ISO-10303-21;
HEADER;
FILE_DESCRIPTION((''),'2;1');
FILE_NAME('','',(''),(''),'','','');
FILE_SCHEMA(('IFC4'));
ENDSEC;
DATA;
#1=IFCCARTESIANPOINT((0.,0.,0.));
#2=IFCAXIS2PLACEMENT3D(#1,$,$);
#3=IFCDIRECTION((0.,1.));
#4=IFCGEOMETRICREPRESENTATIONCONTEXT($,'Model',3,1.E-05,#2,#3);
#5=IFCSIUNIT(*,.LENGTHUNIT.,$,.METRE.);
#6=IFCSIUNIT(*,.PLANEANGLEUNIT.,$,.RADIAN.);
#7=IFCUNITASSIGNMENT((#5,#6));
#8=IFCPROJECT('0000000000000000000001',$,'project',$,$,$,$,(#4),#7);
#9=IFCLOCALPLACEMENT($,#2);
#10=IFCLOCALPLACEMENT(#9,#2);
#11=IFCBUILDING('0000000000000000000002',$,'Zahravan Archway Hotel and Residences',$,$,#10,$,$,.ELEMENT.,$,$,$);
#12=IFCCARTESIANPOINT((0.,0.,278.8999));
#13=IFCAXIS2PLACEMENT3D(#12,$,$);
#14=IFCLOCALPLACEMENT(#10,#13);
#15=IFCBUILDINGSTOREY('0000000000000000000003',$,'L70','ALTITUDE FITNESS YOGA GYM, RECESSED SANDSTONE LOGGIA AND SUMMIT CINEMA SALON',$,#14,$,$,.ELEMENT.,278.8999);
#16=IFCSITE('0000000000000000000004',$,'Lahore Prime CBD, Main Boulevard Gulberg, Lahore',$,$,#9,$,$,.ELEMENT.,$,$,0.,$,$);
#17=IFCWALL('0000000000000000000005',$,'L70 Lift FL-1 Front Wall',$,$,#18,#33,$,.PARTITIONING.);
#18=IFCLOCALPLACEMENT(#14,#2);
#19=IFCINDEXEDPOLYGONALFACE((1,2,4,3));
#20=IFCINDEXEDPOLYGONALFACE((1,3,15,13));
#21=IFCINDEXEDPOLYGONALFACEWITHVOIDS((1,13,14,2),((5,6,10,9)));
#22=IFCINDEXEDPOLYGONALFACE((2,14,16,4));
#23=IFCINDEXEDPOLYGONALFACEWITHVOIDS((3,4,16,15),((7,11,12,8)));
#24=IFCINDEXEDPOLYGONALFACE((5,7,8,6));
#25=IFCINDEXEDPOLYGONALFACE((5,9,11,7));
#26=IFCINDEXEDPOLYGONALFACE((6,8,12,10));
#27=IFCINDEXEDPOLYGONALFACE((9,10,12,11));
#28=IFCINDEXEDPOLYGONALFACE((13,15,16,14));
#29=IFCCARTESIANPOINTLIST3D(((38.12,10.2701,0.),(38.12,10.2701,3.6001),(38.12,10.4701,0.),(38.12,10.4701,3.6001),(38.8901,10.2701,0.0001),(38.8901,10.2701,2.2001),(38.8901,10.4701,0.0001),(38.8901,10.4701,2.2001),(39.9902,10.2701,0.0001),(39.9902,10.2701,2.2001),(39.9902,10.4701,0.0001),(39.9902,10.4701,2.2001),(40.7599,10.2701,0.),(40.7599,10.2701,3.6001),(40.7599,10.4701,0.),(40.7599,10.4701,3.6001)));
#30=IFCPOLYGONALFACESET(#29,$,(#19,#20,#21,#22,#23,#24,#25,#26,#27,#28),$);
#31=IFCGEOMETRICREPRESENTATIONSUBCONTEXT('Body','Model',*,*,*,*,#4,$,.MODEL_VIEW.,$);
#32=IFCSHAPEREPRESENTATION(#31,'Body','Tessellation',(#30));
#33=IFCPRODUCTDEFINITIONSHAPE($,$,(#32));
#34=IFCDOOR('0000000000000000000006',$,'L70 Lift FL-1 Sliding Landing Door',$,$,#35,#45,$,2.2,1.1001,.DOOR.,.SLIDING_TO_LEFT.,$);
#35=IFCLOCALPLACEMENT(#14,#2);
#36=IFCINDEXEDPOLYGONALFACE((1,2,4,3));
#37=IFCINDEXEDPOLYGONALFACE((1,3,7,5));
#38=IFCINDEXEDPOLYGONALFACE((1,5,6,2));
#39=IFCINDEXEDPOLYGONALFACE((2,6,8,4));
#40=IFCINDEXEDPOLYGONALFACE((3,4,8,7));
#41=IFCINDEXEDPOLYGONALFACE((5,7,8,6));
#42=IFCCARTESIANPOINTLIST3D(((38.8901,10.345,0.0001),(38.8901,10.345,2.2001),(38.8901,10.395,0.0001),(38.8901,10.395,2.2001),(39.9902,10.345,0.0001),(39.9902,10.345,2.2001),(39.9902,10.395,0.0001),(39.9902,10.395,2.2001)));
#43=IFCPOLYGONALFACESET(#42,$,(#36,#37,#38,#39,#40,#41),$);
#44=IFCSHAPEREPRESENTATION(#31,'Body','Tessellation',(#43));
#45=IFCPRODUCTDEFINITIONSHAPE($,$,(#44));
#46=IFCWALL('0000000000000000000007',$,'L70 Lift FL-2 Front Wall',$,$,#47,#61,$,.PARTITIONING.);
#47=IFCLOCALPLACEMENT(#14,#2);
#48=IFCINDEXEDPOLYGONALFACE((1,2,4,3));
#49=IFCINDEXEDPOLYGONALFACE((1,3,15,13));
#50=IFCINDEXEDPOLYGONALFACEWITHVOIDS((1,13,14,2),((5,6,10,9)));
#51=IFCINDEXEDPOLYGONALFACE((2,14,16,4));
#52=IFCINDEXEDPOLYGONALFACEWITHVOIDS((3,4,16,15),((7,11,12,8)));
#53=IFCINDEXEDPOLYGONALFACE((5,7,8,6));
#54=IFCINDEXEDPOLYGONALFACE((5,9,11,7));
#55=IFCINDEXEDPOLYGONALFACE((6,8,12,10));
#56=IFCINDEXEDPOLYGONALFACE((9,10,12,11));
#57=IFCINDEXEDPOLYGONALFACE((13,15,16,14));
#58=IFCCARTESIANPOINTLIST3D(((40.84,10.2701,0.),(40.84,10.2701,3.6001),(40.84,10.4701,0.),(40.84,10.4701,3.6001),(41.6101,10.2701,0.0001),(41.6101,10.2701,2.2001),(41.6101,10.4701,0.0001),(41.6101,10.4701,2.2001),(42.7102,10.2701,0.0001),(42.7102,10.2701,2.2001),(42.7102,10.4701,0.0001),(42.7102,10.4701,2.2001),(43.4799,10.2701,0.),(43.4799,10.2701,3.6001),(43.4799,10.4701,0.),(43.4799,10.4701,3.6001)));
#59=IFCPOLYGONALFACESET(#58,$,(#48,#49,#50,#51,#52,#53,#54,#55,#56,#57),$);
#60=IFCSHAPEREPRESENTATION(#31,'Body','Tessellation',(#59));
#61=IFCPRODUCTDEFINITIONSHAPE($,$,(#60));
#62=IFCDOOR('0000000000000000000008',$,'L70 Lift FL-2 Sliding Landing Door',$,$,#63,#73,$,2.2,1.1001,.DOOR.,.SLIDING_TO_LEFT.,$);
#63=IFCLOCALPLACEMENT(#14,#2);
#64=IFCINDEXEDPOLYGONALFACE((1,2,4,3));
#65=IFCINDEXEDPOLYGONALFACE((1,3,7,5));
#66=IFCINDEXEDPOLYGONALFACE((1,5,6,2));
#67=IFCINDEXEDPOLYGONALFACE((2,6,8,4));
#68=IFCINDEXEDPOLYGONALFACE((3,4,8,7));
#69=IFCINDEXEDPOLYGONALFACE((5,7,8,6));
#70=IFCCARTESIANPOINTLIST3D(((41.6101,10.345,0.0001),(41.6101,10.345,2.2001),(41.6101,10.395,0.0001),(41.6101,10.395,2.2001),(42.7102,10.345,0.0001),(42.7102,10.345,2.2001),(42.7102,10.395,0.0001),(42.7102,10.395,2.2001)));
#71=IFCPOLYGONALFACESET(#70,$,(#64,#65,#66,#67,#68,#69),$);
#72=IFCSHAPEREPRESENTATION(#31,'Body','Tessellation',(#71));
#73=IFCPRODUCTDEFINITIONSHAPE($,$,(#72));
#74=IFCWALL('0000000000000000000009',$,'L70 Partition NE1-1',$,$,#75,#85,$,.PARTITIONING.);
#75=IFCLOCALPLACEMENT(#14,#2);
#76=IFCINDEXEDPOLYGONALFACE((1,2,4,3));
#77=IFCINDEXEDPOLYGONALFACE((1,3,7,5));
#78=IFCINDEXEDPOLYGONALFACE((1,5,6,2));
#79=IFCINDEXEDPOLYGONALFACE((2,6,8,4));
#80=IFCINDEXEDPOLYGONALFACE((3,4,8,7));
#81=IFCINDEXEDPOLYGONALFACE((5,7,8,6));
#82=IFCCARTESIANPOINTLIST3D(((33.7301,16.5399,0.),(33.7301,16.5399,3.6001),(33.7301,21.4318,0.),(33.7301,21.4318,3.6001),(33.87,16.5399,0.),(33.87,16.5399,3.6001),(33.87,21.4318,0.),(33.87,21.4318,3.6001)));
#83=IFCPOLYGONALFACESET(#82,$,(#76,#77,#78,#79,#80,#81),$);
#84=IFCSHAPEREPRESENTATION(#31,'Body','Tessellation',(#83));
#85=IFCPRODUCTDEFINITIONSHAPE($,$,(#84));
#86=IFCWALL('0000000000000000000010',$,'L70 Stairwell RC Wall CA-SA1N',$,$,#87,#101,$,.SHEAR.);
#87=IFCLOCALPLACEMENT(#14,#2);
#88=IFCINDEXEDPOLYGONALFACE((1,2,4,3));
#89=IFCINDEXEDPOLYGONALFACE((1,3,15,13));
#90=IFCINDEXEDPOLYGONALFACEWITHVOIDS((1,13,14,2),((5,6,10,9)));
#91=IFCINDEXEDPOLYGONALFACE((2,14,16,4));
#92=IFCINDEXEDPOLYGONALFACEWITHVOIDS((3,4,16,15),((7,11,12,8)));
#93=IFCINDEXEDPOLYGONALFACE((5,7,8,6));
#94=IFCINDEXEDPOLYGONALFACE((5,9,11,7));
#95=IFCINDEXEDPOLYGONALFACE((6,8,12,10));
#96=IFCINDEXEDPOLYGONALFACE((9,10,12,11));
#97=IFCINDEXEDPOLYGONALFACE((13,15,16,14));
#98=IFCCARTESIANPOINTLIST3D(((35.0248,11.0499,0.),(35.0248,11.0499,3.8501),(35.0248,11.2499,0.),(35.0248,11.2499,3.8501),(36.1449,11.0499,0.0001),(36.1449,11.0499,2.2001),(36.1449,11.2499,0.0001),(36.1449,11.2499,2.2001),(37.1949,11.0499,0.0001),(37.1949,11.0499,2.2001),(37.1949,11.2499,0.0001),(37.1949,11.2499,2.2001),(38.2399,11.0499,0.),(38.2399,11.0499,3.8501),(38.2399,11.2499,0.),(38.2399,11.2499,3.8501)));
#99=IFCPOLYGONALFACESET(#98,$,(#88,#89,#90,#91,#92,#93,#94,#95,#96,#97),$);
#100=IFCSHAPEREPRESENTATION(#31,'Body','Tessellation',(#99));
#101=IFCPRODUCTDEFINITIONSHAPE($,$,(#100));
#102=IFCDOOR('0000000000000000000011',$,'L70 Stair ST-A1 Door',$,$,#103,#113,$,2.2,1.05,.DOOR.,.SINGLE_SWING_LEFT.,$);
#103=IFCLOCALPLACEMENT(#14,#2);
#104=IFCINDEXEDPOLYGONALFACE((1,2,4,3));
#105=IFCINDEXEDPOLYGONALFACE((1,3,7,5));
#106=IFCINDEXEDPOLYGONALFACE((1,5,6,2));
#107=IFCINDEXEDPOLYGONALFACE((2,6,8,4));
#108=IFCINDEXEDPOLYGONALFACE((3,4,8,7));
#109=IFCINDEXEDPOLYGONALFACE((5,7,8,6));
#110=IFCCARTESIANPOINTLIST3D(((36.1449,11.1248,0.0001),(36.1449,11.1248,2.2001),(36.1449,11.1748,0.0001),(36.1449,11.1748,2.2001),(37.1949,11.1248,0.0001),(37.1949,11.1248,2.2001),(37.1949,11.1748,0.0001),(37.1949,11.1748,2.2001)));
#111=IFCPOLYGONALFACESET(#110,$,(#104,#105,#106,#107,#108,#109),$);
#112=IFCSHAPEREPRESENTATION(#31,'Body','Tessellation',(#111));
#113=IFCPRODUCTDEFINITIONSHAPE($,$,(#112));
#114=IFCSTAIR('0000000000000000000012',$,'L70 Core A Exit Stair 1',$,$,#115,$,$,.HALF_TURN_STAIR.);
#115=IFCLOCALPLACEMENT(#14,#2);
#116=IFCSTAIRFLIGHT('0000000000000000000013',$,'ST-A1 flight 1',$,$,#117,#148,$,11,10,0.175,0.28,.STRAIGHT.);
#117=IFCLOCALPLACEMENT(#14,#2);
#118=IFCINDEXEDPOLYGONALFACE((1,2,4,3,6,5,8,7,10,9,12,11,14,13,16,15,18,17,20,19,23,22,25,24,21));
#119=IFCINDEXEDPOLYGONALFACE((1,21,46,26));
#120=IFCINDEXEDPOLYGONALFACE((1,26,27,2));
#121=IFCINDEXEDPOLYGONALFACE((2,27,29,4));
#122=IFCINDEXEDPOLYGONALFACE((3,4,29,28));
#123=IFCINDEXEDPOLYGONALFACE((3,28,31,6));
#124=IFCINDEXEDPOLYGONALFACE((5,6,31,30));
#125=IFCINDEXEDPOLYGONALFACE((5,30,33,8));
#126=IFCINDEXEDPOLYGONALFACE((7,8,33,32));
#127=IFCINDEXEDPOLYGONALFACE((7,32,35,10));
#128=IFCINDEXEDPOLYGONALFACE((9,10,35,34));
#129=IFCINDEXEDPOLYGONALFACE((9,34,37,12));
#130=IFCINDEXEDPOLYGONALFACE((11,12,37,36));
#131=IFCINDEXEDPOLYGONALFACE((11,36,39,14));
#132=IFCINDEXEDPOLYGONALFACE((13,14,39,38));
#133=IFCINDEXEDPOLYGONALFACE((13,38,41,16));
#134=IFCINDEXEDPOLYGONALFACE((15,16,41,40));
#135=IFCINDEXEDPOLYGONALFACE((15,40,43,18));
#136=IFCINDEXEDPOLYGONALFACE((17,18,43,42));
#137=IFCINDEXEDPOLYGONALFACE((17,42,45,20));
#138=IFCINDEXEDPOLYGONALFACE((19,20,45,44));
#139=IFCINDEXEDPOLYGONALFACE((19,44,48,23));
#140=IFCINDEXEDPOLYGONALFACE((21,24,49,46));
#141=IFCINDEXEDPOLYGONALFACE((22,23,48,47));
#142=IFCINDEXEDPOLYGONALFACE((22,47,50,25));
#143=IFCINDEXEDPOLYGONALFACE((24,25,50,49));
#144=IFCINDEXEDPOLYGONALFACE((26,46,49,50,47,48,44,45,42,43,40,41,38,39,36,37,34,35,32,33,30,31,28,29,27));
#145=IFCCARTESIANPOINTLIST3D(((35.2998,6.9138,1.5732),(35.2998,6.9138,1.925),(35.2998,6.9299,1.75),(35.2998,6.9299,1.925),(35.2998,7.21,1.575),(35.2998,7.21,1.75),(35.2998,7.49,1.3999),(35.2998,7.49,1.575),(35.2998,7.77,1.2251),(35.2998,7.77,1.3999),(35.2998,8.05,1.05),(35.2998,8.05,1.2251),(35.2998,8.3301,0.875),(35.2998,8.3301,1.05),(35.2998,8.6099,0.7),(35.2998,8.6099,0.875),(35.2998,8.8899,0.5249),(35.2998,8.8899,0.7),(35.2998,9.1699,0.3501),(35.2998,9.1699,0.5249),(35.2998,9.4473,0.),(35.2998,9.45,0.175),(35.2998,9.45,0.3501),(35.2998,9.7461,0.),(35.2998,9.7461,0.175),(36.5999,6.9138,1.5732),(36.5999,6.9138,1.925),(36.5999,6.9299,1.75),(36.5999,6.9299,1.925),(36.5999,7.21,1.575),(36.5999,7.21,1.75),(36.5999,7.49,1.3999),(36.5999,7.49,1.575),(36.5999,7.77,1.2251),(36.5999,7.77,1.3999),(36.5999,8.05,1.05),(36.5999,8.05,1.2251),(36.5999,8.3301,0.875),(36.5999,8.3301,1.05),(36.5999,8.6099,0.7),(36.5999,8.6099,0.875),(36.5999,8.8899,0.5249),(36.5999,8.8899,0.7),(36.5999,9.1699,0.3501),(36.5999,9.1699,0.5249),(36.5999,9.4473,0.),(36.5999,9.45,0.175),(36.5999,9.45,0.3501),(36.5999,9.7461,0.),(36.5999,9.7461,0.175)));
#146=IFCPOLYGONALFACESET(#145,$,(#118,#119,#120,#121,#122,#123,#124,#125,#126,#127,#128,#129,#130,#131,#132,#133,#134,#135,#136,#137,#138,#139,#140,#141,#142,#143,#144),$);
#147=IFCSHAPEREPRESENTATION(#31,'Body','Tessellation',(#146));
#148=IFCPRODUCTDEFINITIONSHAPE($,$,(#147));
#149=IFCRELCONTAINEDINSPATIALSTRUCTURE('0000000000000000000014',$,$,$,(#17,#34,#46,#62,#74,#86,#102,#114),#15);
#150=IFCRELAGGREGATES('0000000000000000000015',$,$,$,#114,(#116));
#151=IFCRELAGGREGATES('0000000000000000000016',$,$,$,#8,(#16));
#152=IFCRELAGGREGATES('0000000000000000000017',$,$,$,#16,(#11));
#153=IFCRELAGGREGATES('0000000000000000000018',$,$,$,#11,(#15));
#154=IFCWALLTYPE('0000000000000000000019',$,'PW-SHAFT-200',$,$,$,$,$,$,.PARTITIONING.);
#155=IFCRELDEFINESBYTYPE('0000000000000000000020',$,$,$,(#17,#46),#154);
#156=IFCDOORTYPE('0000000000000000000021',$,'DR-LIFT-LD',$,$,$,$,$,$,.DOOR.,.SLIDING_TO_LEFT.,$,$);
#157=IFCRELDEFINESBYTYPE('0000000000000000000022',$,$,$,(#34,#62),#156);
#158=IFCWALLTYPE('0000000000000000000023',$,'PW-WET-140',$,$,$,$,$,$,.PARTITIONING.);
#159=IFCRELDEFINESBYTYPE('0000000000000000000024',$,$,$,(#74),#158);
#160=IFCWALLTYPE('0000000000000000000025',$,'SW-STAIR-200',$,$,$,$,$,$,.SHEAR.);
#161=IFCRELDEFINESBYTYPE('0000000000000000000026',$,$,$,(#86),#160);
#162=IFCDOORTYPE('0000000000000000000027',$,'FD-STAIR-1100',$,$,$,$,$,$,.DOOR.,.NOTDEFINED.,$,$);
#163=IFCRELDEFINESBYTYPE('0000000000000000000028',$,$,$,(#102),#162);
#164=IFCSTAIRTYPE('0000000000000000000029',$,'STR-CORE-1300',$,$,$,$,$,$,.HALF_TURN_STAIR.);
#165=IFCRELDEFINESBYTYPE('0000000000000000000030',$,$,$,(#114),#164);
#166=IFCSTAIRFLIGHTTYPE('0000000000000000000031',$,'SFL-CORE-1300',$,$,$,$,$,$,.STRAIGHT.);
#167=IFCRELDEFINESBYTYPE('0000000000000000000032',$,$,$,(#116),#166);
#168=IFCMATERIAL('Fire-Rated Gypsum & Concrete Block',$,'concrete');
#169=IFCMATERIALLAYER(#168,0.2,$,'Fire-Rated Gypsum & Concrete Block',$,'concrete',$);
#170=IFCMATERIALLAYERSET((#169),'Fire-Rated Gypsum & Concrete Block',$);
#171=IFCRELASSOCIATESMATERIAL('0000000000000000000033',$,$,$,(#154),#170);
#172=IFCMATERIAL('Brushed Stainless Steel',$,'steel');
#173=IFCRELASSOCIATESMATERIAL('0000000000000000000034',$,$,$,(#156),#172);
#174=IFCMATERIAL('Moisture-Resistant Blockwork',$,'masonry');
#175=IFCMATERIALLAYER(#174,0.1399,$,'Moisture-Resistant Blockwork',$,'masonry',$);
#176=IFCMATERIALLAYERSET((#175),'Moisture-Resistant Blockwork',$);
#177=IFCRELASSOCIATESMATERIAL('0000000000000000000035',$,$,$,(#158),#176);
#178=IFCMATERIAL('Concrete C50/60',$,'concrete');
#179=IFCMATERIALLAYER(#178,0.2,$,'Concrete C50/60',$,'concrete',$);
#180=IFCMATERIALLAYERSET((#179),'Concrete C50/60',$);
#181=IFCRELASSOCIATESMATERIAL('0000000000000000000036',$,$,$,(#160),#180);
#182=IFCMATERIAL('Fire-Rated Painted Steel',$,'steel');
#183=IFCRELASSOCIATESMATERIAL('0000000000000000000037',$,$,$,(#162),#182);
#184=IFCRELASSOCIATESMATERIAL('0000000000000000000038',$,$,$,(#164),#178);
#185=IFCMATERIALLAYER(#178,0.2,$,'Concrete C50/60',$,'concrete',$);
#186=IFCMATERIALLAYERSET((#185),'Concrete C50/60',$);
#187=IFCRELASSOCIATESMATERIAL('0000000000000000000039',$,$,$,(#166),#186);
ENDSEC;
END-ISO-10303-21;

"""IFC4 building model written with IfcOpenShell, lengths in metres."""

from ifc_helpers import new_model, si_unit, direction, frame, frame_2d, origin, place, context, subcontext, project, spatial, polyline, rectangle, outline, extrude, source, transform, mapped, material, layer, layer_set, type_object, type_shapes, element, fill, aggregate, save


model = new_model("IFC4")

# Units and contexts
model_context = context("Model", 3, precision=1e-05, world=origin(), true_north=direction((0.0, 1.0)))
body_context = subcontext(model_context, "Body", "Model", "MODEL_VIEW")
ifc_project = project(units=[si_unit("LENGTHUNIT", "METRE"), si_unit("PLANEANGLEUNIT", "RADIAN")], contexts=[model_context])

# Site, building, storey
site_placement = place(None, origin())
site = spatial("IfcSite", under=ifc_project, at=site_placement, Name="Lahore Prime CBD, Main Boulevard Gulberg, Lahore", CompositionType="ELEMENT", RefElevation=0.0)
building_placement = place(site_placement, origin())
building = spatial("IfcBuilding", under=site, at=building_placement, Name="Zahravan Archway Hotel and Residences", CompositionType="ELEMENT")
storey_placement = place(building_placement, frame((0.0, 0.0, 278.8999)))
storey = spatial("IfcBuildingStorey", under=building, at=storey_placement, Name="L70", Description="ALTITUDE FITNESS YOGA GYM, RECESSED SANDSTONE LOGGIA AND SUMMIT CINEMA SALON", CompositionType="ELEMENT", Elevation=278.8999)

# Shared definitions
ifc_material_1 = material(Name="Concrete C50/60", Category="concrete")

# Shared definitions
ifc_material_2 = material(Name="Fire-Rated Painted Steel", Category="steel")

# Shared definitions
ifc_material_3 = material(Name="Fire-Rated Gypsum & Concrete Block", Category="concrete")

# Shared definitions
ifc_layer_1 = layer(ifc_material_3, 0.2, Name="Fire-Rated Gypsum & Concrete Block", Category="concrete")
ifc_layer_set_1 = layer_set([ifc_layer_1], Name="Fire-Rated Gypsum & Concrete Block")
wall_type_1 = type_object("IfcWallType", Name="PW-SHAFT-200", PredefinedType="PARTITIONING", material=ifc_layer_set_1)

# Walls, openings, doors
wall_1_placement = place(storey_placement, frame((38.1201, 10.3701, 0.0), z_axis=(0.0, 0.0, 1.0), x_axis=(1.0, 0.0, 0.0)))
wall_1 = element("IfcWall", 1, at=wall_1_placement, inside=storey, type_object=wall_type_1, Name="L70 Lift FL-1 Front Wall", PredefinedType="PARTITIONING", context=body_context, shape_type="SweptSolid", body=[
    extrude(rectangle(XDim=2.6399, YDim=0.2, at=frame_2d((1.3198, 0.0))), origin(), (0.0, 0.0, 1.0), 3.6001),
])
opening_1_placement = place(wall_1_placement, frame((0.77, 0.0, 0.0)))
opening_1 = element("IfcOpeningElement", 2, at=opening_1_placement, cuts=wall_1, PredefinedType="OPENING", context=body_context, shape_type="SweptSolid", body=[
    extrude(rectangle(XDim=1.1001, YDim=2.2, at=frame_2d((0.55, 1.1001))), frame((0.0, 0.1099, 0.0), z_axis=(0.0, -1.0, 0.0), x_axis=(1.0, 0.0, 0.0)), (0.0, 0.0, 1.0), 0.22),
])
ifc_material_4 = material(Name="Brushed Stainless Steel", Category="steel")
door_type_1 = type_object("IfcDoorType", Name="DR-LIFT-LD", OperationType="SLIDING_TO_LEFT", PredefinedType="DOOR", material=ifc_material_4)
shared_shape_1 = source(origin(), body_context, "Body", "SweptSolid", [
    extrude(rectangle(XDim=1.1001, YDim=2.2, at=frame_2d((0.55, 1.1001))), frame((0.0, 0.0249, 0.0), z_axis=(0.0, -1.0, 0.0), x_axis=(1.0, 0.0, 0.0)), (0.0, 0.0, 1.0), 0.05),
])
type_shapes(door_type_1, [shared_shape_1])
door_1_placement = place(opening_1_placement, origin())
door_1 = element("IfcDoor", 3, at=door_1_placement, inside=storey, type_object=door_type_1, Name="L70 Lift FL-1 Sliding Landing Door", OperationType="SLIDING_TO_LEFT", OverallHeight=2.2, OverallWidth=1.1001, PredefinedType="DOOR", context=body_context, shape_type="MappedRepresentation", body=[
    mapped(shared_shape_1, transform((0.0, 0.0, 0.0), scale=1.0)),
])
fill(opening_1, door_1)
wall_2_placement = place(storey_placement, frame((40.8401, 10.3701, 0.0), z_axis=(0.0, 0.0, 1.0), x_axis=(1.0, 0.0, 0.0)))
wall_2 = element("IfcWall", 4, at=wall_2_placement, inside=storey, type_object=wall_type_1, Name="L70 Lift FL-2 Front Wall", PredefinedType="PARTITIONING", context=body_context, shape_type="SweptSolid", body=[
    extrude(rectangle(XDim=2.6399, YDim=0.2, at=frame_2d((1.3198, 0.0))), origin(), (0.0, 0.0, 1.0), 3.6001),
])
opening_2_placement = place(wall_2_placement, frame((0.77, 0.0, 0.0)))
opening_2 = element("IfcOpeningElement", 5, at=opening_2_placement, cuts=wall_2, PredefinedType="OPENING", context=body_context, shape_type="SweptSolid", body=[
    extrude(rectangle(XDim=1.1001, YDim=2.2, at=frame_2d((0.55, 1.1001))), frame((0.0, 0.1099, 0.0), z_axis=(0.0, -1.0, 0.0), x_axis=(1.0, 0.0, 0.0)), (0.0, 0.0, 1.0), 0.22),
])
door_2_placement = place(opening_2_placement, origin())
door_2 = element("IfcDoor", 6, at=door_2_placement, inside=storey, type_object=door_type_1, Name="L70 Lift FL-2 Sliding Landing Door", OperationType="SLIDING_TO_LEFT", OverallHeight=2.2, OverallWidth=1.1001, PredefinedType="DOOR", context=body_context, shape_type="MappedRepresentation", body=[
    mapped(shared_shape_1, transform((0.0, 0.0, 0.0), scale=1.0)),
])
fill(opening_2, door_2)

# Wall
ifc_material_5 = material(Name="Moisture-Resistant Blockwork", Category="masonry")
ifc_layer_2 = layer(ifc_material_5, 0.1399, Name="Moisture-Resistant Blockwork", Category="masonry")
ifc_layer_set_2 = layer_set([ifc_layer_2], Name="Moisture-Resistant Blockwork")
wall_type_2 = type_object("IfcWallType", Name="PW-WET-140", PredefinedType="PARTITIONING", material=ifc_layer_set_2)
wall_3_placement = place(storey_placement, frame((33.8, 16.54, 0.0), z_axis=(0.0, 0.0, 1.0), x_axis=(0.0, 1.0, 0.0)))
element("IfcWall", 7, at=wall_3_placement, inside=storey, type_object=wall_type_2, Name="L70 Partition NE1-1", PredefinedType="PARTITIONING", context=body_context, shape_type="SweptSolid", body=[
    extrude(rectangle(XDim=4.8918, YDim=0.1399, at=frame_2d((2.4458, 0.0))), origin(), (0.0, 0.0, 1.0), 3.6001),
])

# Wall, opening, door
ifc_layer_3 = layer(ifc_material_1, 0.2, Name="Concrete C50/60", Category="concrete")
ifc_layer_set_3 = layer_set([ifc_layer_3], Name="Concrete C50/60")
wall_type_3 = type_object("IfcWallType", Name="SW-STAIR-200", PredefinedType="SHEAR", material=ifc_layer_set_3)
wall_4_placement = place(storey_placement, frame((35.0249, 11.1499, 0.0), z_axis=(0.0, 0.0, 1.0), x_axis=(1.0, 0.0, 0.0)))
wall_4 = element("IfcWall", 8, at=wall_4_placement, inside=storey, type_object=wall_type_3, Name="L70 Stairwell RC Wall CA-SA1N", PredefinedType="SHEAR", context=body_context, shape_type="SweptSolid", body=[
    extrude(rectangle(XDim=3.2151, YDim=0.2, at=frame_2d((1.6074, 0.0))), origin(), (0.0, 0.0, 1.0), 3.8501),
])
opening_3_placement = place(wall_4_placement, frame((1.1201, 0.0, 0.0)))
opening_3 = element("IfcOpeningElement", 9, at=opening_3_placement, cuts=wall_4, PredefinedType="OPENING", context=body_context, shape_type="SweptSolid", body=[
    extrude(rectangle(XDim=1.05, YDim=2.2, at=frame_2d((0.5249, 1.1001))), frame((0.0, 0.1099, 0.0), z_axis=(0.0, -1.0, 0.0), x_axis=(1.0, 0.0, 0.0)), (0.0, 0.0, 1.0), 0.22),
])
door_type_2 = type_object("IfcDoorType", Name="FD-STAIR-1100", OperationType="NOTDEFINED", PredefinedType="DOOR", material=ifc_material_2)
shared_shape_2 = source(origin(), body_context, "Body", "SweptSolid", [
    extrude(rectangle(XDim=1.05, YDim=2.2, at=frame_2d((0.5249, 1.1001))), frame((0.0, 0.0249, 0.0), z_axis=(0.0, -1.0, 0.0), x_axis=(1.0, 0.0, 0.0)), (0.0, 0.0, 1.0), 0.05),
])
type_shapes(door_type_2, [shared_shape_2])
door_3_placement = place(opening_3_placement, origin())
door_3 = element("IfcDoor", 10, at=door_3_placement, inside=storey, type_object=door_type_2, Name="L70 Stair ST-A1 Door", OperationType="SINGLE_SWING_LEFT", OverallHeight=2.2, OverallWidth=1.05, PredefinedType="DOOR", context=body_context, shape_type="MappedRepresentation", body=[
    mapped(shared_shape_2, transform((0.0, 0.0, 0.0), scale=1.0)),
])
fill(opening_3, door_3)

# Stair, stair flight
stair_type = type_object("IfcStairType", Name="STR-CORE-1300", PredefinedType="HALF_TURN_STAIR", material=ifc_material_1)
stair_placement = place(storey_placement, origin())
stair = element("IfcStair", 11, at=stair_placement, inside=storey, type_object=stair_type, Name="L70 Core A Exit Stair 1", PredefinedType="HALF_TURN_STAIR")
ifc_layer_4 = layer(ifc_material_1, 0.2, Name="Concrete C50/60", Category="concrete")
ifc_layer_set_4 = layer_set([ifc_layer_4], Name="Concrete C50/60")
stair_flight_type = type_object("IfcStairFlightType", Name="SFL-CORE-1300", PredefinedType="STRAIGHT", material=ifc_layer_set_4)
shared_shape_3 = source(origin(), body_context, "Body", "SweptSolid", [
    extrude(outline(polyline([(-0.0161, 0.0), (-0.0161, 0.175), (0.28, 0.175), (0.28, 0.3501), (0.5601, 0.3501), (0.5601, 0.5249), (0.8401, 0.5249), (0.8401, 0.7), (1.1201, 0.7), (1.1201, 0.875), (1.3999, 0.875), (1.3999, 1.05), (1.6799, 1.05), (1.6799, 1.2251), (1.96, 1.2251), (1.96, 1.3999), (2.24, 1.3999), (2.24, 1.575), (2.52, 1.575), (2.52, 1.75), (2.8, 1.75), (2.8, 1.925), (2.8162, 1.925), (2.8162, 1.5732), (0.2827, 0.0), (-0.0161, 0.0)])), frame((0.0, 0.6499, 0.0), z_axis=(0.0, -1.0, 0.0), x_axis=(1.0, 0.0, 0.0)), (0.0, 0.0, 1.0), 1.3),
])
stair_flight_placement = place(storey_placement, frame((35.95, 9.73, 0.0), z_axis=(0.0, 0.0, 1.0), x_axis=(0.0, -1.0, 0.0)))
stair_flight = element("IfcStairFlight", 12, at=stair_flight_placement, type_object=stair_flight_type, Name="ST-A1 flight 1", NumberOfRisers=11, NumberOfTreads=10, PredefinedType="STRAIGHT", RiserHeight=0.175, TreadLength=0.28, context=body_context, shape_type="MappedRepresentation", body=[
    mapped(shared_shape_3, transform((0.0, 0.0, 0.0), scale=1.0)),
])
aggregate(stair, [stair_flight])

save(model, "model.ifc")
